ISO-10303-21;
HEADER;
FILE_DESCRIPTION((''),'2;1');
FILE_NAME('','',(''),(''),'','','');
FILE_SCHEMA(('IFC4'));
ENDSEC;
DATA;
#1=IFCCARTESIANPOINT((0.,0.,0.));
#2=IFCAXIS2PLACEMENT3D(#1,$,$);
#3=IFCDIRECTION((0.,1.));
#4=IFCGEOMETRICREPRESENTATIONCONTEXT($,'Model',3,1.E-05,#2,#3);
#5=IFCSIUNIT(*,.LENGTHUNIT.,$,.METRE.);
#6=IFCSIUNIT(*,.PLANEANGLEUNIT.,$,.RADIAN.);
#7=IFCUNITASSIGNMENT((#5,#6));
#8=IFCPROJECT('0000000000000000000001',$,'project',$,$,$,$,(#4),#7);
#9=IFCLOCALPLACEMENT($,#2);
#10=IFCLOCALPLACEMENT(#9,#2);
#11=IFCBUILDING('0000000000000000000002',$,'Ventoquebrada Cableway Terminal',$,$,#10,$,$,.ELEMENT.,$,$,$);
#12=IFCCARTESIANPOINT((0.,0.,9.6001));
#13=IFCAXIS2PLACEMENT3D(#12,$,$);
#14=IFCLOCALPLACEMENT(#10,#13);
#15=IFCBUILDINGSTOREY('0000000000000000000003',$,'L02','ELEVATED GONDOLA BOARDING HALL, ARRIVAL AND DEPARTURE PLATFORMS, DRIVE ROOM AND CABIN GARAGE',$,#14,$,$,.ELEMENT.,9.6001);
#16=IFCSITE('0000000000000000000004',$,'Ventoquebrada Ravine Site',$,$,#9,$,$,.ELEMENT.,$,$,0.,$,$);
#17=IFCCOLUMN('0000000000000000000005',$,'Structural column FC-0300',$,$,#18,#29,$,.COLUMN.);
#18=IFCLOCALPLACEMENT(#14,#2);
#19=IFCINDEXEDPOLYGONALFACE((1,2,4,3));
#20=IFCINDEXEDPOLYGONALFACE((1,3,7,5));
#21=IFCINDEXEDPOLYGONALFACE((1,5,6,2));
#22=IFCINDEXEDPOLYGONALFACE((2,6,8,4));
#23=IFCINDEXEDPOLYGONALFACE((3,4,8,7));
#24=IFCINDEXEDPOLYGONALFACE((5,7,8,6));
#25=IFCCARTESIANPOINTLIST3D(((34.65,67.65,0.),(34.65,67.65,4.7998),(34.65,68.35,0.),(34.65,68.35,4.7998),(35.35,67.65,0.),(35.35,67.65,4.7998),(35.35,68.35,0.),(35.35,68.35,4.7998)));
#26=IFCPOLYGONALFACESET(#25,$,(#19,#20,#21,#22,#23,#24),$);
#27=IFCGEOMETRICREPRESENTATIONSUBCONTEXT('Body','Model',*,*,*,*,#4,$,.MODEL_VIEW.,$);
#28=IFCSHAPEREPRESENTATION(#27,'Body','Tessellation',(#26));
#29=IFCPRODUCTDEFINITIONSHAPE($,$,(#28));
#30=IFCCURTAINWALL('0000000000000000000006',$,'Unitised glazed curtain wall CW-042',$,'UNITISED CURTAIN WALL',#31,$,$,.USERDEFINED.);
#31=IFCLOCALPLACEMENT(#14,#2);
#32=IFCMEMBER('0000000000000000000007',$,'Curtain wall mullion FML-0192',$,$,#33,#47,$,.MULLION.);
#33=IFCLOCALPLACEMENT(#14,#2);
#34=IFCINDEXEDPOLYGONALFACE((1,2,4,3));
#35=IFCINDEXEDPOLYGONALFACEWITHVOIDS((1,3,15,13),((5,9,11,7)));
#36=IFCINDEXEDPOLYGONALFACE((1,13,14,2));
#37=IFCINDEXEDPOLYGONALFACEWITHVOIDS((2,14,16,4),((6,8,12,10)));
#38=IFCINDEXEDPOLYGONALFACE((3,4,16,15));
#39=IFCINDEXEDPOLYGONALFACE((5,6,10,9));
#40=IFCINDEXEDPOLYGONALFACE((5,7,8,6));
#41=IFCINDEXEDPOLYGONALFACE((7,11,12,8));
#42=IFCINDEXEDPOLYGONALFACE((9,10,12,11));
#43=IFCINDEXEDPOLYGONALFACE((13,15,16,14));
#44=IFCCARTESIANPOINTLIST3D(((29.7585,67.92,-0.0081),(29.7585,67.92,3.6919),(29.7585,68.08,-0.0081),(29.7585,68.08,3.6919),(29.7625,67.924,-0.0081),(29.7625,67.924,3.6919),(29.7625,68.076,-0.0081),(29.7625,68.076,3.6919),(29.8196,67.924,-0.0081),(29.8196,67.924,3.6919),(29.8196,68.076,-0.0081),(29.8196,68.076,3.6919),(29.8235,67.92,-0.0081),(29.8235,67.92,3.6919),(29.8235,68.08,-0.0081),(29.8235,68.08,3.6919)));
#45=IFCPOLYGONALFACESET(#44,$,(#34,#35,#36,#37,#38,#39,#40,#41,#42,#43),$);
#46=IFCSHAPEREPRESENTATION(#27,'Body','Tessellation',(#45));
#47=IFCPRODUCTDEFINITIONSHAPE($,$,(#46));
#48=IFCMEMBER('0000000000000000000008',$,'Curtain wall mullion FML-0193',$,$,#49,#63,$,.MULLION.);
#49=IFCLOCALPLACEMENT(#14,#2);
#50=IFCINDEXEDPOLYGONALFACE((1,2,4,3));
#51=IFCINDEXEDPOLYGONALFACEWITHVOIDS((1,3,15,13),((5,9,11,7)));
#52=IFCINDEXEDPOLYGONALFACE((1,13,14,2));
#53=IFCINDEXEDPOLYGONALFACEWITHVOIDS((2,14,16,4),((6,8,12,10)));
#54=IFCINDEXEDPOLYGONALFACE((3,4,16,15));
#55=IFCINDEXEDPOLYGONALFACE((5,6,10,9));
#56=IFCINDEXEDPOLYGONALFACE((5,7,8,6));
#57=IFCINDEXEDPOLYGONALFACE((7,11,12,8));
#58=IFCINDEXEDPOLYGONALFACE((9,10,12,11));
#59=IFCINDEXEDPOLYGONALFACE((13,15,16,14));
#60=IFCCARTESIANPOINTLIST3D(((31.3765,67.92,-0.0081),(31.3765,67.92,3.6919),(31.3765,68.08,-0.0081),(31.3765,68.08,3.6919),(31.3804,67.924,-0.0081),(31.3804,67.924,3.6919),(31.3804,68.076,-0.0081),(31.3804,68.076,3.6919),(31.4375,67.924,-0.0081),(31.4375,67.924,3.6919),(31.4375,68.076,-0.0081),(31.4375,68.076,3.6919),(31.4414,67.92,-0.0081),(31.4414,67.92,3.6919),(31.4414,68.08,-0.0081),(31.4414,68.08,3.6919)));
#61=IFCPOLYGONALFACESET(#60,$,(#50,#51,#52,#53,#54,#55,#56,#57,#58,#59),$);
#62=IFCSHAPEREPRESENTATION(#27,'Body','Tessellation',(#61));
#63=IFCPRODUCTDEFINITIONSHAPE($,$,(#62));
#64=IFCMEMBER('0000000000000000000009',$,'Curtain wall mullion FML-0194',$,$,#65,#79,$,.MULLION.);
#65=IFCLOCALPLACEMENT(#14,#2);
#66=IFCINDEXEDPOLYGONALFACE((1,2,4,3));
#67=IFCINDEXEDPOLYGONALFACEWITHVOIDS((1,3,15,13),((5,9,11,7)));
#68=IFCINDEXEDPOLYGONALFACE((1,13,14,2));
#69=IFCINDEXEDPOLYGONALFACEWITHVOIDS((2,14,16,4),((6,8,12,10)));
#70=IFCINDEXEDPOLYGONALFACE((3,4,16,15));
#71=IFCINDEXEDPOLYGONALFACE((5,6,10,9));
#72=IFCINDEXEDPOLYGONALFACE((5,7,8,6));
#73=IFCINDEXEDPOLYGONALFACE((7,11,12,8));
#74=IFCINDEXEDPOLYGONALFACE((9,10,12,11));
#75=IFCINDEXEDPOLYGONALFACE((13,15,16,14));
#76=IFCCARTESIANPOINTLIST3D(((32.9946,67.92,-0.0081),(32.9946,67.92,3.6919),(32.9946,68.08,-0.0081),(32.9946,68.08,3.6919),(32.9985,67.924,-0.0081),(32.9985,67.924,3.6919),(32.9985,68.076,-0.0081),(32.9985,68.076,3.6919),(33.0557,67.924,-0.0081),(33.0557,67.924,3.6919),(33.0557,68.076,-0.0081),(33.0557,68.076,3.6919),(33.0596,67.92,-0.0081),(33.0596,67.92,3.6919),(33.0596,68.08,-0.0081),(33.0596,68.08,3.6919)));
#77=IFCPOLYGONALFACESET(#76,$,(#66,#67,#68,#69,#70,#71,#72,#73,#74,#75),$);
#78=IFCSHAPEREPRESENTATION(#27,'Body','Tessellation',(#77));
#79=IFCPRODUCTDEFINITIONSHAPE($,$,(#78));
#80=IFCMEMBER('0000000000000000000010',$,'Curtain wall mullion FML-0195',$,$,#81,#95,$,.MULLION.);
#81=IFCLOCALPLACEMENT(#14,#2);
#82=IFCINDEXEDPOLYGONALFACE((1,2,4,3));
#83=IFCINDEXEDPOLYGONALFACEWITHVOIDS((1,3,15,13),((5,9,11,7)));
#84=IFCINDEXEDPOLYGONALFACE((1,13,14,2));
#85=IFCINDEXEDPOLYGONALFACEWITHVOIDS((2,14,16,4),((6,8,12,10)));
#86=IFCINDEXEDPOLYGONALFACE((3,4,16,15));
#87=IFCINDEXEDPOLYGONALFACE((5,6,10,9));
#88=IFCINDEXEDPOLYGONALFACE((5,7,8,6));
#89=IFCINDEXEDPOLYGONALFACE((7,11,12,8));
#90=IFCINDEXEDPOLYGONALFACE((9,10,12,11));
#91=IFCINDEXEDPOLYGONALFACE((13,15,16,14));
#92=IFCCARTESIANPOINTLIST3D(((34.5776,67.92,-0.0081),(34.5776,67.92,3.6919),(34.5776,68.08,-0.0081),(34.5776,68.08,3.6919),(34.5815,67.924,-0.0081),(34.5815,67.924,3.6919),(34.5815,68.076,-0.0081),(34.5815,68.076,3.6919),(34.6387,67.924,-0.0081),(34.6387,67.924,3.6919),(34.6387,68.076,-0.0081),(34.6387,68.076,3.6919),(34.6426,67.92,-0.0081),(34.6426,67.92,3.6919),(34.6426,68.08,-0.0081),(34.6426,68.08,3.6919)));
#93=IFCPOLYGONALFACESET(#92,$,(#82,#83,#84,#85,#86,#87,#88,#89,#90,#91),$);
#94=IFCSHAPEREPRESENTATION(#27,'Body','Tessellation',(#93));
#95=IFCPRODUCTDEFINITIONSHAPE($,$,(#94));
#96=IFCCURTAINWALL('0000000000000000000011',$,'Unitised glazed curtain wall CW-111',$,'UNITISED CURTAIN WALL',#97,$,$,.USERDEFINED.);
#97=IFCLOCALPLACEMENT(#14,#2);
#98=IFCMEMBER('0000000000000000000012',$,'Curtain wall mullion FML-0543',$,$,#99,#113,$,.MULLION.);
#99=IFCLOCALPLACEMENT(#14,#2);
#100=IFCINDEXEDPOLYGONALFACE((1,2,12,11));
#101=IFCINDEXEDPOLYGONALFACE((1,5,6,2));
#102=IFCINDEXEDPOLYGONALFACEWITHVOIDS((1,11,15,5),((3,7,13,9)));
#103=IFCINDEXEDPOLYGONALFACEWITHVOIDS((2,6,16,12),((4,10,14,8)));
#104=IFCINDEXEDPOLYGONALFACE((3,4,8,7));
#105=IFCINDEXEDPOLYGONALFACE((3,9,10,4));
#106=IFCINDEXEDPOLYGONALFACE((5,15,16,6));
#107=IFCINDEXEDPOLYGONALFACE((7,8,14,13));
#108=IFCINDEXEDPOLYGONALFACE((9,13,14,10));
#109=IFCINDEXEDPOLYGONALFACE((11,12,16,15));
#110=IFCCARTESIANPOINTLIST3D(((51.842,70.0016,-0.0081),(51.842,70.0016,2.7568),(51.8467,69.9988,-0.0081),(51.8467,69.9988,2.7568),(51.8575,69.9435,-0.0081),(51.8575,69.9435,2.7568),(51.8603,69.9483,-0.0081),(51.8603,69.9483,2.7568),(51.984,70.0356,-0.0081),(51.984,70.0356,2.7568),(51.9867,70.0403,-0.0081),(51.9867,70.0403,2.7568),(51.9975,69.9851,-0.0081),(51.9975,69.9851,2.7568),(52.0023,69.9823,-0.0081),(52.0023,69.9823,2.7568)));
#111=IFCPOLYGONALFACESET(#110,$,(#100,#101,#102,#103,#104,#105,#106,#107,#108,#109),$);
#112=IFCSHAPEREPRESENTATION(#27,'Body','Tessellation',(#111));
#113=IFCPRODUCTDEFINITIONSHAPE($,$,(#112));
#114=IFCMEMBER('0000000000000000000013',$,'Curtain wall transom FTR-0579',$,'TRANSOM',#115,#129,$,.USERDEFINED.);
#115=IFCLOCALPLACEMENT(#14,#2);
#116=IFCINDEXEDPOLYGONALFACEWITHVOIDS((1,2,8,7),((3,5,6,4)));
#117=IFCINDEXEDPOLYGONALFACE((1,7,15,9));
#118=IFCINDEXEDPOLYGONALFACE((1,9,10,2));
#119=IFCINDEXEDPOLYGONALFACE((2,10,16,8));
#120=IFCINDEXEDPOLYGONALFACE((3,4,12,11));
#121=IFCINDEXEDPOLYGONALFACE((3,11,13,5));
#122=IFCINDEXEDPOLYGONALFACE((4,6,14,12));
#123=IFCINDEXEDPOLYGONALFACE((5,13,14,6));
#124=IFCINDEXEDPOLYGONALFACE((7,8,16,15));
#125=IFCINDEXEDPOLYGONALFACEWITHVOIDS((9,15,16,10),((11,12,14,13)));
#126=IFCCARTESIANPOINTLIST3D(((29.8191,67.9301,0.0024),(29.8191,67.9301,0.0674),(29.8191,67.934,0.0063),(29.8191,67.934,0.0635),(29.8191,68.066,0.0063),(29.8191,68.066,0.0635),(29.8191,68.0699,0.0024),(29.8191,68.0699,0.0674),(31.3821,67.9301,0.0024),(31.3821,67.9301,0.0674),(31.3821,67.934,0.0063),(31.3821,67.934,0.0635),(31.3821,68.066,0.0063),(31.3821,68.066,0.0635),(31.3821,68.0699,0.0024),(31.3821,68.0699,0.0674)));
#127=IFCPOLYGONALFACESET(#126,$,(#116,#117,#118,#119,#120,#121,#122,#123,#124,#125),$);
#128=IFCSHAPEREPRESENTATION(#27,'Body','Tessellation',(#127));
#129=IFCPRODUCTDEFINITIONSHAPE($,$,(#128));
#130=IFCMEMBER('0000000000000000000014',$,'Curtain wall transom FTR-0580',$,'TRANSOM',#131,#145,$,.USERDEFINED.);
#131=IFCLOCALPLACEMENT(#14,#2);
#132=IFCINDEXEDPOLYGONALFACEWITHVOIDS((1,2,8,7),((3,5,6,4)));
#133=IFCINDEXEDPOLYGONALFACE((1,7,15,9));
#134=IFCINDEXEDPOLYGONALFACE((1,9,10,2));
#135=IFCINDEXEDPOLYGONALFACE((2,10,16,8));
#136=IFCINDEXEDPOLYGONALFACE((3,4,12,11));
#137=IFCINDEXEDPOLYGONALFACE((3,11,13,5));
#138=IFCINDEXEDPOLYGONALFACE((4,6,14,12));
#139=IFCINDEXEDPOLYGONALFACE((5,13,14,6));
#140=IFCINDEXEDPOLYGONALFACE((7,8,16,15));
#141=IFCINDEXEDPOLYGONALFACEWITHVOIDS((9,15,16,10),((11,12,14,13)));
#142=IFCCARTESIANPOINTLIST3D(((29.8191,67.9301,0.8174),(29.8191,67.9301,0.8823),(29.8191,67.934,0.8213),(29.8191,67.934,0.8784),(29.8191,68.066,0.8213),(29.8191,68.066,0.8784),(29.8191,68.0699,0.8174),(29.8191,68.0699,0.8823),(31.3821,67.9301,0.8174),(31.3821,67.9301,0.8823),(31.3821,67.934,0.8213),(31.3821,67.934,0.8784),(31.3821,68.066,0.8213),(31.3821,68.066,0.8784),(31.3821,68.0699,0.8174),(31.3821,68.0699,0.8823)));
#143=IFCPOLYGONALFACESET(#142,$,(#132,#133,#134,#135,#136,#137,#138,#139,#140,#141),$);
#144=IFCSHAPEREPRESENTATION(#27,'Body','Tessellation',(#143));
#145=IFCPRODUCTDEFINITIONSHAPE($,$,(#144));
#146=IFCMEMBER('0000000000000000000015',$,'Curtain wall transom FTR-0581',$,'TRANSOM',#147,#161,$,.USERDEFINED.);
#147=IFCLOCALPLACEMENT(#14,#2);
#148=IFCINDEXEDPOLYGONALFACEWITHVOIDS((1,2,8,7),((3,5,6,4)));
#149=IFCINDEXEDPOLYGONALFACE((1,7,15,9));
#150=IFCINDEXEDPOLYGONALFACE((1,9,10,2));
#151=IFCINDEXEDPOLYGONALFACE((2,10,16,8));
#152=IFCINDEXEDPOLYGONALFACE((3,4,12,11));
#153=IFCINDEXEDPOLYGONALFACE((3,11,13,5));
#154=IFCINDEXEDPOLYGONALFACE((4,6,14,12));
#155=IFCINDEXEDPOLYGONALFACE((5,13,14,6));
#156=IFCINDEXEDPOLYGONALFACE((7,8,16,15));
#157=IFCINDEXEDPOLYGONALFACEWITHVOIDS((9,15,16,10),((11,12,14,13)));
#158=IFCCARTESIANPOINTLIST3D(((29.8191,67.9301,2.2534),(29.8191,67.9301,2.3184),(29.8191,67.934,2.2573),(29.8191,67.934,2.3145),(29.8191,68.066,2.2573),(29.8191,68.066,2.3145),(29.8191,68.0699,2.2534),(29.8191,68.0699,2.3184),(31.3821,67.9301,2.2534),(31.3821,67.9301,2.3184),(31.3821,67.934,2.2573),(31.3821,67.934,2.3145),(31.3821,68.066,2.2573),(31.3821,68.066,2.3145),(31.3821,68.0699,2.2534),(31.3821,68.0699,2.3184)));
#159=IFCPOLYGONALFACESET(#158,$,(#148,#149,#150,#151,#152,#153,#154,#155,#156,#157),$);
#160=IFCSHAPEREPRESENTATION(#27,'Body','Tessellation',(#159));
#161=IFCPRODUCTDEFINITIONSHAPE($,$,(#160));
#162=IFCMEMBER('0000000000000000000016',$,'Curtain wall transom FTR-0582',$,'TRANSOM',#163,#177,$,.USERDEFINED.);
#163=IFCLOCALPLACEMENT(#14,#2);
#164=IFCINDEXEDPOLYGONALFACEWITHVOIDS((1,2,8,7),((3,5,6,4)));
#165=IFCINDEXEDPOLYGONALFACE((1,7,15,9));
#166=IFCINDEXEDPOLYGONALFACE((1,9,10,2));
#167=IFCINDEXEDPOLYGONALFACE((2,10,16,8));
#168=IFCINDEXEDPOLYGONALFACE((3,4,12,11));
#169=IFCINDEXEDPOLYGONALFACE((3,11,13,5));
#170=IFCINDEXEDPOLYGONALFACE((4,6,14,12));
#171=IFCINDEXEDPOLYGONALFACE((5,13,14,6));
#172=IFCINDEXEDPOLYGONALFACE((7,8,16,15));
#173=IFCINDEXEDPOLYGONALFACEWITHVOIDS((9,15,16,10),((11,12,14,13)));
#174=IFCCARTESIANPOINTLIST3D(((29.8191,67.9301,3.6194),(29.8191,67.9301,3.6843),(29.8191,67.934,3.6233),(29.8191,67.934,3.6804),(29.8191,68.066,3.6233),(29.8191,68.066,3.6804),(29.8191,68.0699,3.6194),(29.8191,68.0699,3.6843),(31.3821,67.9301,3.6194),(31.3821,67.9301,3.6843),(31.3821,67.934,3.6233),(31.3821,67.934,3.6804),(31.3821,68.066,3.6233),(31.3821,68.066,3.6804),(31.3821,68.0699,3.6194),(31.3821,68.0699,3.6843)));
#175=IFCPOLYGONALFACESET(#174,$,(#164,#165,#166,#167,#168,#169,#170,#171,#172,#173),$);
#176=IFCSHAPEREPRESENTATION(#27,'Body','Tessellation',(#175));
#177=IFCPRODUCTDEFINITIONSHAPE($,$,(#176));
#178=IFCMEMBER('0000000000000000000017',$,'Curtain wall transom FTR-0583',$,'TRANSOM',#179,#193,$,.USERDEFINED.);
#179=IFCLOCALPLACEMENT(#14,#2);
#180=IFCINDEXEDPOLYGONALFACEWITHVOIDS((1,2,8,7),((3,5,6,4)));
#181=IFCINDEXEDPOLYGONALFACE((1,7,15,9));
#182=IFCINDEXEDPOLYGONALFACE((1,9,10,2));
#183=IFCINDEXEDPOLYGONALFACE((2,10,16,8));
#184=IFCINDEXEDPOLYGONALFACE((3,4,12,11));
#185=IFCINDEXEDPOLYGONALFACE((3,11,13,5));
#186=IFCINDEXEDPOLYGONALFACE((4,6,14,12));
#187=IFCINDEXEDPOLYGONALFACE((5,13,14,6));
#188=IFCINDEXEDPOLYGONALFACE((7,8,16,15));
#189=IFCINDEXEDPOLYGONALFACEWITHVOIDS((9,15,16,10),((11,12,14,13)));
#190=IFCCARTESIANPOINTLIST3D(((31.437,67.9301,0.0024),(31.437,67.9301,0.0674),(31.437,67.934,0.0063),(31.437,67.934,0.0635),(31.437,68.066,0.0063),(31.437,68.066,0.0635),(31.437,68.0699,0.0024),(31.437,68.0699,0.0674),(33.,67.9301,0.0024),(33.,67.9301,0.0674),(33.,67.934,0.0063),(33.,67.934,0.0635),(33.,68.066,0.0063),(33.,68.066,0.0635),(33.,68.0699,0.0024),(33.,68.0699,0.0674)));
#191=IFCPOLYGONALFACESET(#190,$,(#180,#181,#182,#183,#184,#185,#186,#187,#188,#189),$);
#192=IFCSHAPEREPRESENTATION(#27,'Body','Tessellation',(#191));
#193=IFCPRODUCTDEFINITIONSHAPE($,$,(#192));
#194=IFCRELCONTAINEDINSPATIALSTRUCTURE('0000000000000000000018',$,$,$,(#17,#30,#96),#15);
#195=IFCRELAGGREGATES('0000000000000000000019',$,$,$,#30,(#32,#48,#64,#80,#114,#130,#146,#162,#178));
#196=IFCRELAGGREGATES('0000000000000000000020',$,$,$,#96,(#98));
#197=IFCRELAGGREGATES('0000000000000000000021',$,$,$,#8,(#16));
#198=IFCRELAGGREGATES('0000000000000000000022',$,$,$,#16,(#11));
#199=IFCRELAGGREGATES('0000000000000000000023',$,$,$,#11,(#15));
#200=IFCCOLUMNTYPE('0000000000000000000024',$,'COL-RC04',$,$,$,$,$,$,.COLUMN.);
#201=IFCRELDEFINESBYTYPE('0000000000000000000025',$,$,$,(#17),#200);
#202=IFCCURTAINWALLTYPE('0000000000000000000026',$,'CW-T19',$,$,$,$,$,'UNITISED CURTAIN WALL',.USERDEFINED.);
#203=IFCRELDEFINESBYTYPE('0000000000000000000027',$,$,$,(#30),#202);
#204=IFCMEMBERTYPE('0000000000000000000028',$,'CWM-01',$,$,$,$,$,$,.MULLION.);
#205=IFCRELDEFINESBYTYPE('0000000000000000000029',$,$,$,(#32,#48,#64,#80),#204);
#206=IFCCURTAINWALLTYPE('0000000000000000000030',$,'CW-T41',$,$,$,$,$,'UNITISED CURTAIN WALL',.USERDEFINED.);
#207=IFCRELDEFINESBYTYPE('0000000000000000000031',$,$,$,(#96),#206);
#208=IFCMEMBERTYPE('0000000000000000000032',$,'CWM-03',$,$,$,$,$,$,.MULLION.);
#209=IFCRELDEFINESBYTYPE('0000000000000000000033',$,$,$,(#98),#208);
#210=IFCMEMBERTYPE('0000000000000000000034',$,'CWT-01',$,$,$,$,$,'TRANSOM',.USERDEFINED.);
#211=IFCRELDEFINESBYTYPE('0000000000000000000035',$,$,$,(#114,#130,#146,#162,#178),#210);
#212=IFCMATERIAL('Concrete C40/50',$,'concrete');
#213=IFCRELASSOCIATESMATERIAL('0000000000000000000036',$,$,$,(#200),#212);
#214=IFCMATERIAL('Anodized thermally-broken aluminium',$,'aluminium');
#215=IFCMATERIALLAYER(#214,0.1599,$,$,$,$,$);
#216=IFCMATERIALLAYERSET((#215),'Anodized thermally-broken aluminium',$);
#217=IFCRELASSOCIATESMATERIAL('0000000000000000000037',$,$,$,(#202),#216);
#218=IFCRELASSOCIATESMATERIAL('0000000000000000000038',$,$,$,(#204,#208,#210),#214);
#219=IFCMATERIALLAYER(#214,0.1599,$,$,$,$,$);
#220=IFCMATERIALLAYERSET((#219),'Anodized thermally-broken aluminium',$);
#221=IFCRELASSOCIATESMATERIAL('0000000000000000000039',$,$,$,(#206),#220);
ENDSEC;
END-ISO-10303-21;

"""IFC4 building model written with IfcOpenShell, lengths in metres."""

from ifc_helpers import new_model, si_unit, direction, frame, origin, origin_2d, place, context, subcontext, project, spatial, rectangle, hollow_rectangle, extrude, material, layer, layer_set, material_profile, profile_set, type_object, element, aggregate, save


model = new_model("IFC4")

# Units and contexts
model_context = context("Model", 3, precision=1e-05, world=origin(), true_north=direction((0.0, 1.0)))
body_context = subcontext(model_context, "Body", "Model", "MODEL_VIEW")
ifc_project = project(units=[si_unit("LENGTHUNIT", "METRE"), si_unit("PLANEANGLEUNIT", "RADIAN")], contexts=[model_context])

# Site, building, storey
site_placement = place(None, origin())
site = spatial("IfcSite", under=ifc_project, at=site_placement, Name="Ventoquebrada Ravine Site", CompositionType="ELEMENT", RefElevation=0.0)
building_placement = place(site_placement, origin())
building = spatial("IfcBuilding", under=site, at=building_placement, Name="Ventoquebrada Cableway Terminal", CompositionType="ELEMENT")
storey_placement = place(building_placement, frame((0.0, 0.0, 9.6001)))
storey = spatial("IfcBuildingStorey", under=building, at=storey_placement, Name="L02", Description="ELEVATED GONDOLA BOARDING HALL, ARRIVAL AND DEPARTURE PLATFORMS, DRIVE ROOM AND CABIN GARAGE", CompositionType="ELEMENT", Elevation=9.6001)

# Column
ifc_material_1 = material(Name="Concrete C40/50", Category="concrete")
ifc_material_profile_1 = material_profile(ifc_material_1, rectangle(XDim=0.7, YDim=0.7, at=origin_2d()), Name="RC-COL-700X700")
ifc_profile_set_1 = profile_set([ifc_material_profile_1], Name="Concrete C40/50")
column_type = type_object("IfcColumnType", Name="COL-RC04", PredefinedType="COLUMN", material=ifc_profile_set_1)
column_placement = place(storey_placement, frame((35.0, 68.0, 0.0), z_axis=(0.0, 0.0, 1.0), x_axis=(1.0, 0.0, 0.0)))
element("IfcColumn", 1, at=column_placement, inside=storey, type_object=column_type, Name="Structural column FC-0300", PredefinedType="COLUMN", context=body_context, shape_type="SweptSolid", body=[
    extrude(rectangle(XDim=0.7, YDim=0.7, at=origin_2d()), origin(), (0.0, 0.0, 1.0), 4.7998),
])

# Curtain wall, members
ifc_material_2 = material(Name="Anodized thermally-broken aluminium", Category="aluminium")
ifc_layer_1 = layer(ifc_material_2, 0.1599)
ifc_layer_set_1 = layer_set([ifc_layer_1], Name="Anodized thermally-broken aluminium")
curtain_wall_type_1 = type_object("IfcCurtainWallType", Name="CW-T19", ElementType="UNITISED CURTAIN WALL", PredefinedType="USERDEFINED", material=ifc_layer_set_1)
curtain_wall_1_placement = place(storey_placement, origin())
curtain_wall_1 = element("IfcCurtainWall", 2, at=curtain_wall_1_placement, inside=storey, type_object=curtain_wall_type_1, Name="Unitised glazed curtain wall CW-042", ObjectType="UNITISED CURTAIN WALL", PredefinedType="USERDEFINED")
ifc_material_profile_2 = material_profile(ifc_material_2, hollow_rectangle(XDim=0.0649, YDim=0.1599, WallThickness=0.0039, at=origin_2d()), Name="CW-MUL-65X160")
ifc_profile_set_2 = profile_set([ifc_material_profile_2], Name="Anodized thermally-broken aluminium")
member_type_1 = type_object("IfcMemberType", Name="CWM-01", PredefinedType="MULLION", material=ifc_profile_set_2)
member_1_placement = place(storey_placement, frame((29.791, 68.0, -0.0081), z_axis=(0.0, 0.0, 1.0), x_axis=(1.0, 0.0, 0.0)))
member_1 = element("IfcMember", 3, at=member_1_placement, type_object=member_type_1, Name="Curtain wall mullion FML-0192", PredefinedType="MULLION", context=body_context, shape_type="SweptSolid", body=[
    extrude(hollow_rectangle(XDim=0.0649, YDim=0.1599, WallThickness=0.0039, at=origin_2d()), origin(), (0.0, 0.0, 1.0), 3.7),
])
member_2_placement = place(storey_placement, frame((31.4089, 68.0, -0.0081), z_axis=(0.0, 0.0, 1.0), x_axis=(1.0, 0.0, 0.0)))
member_2 = element("IfcMember", 4, at=member_2_placement, type_object=member_type_1, Name="Curtain wall mullion FML-0193", PredefinedType="MULLION", context=body_context, shape_type="SweptSolid", body=[
    extrude(hollow_rectangle(XDim=0.0649, YDim=0.1599, WallThickness=0.0039, at=origin_2d()), origin(), (0.0, 0.0, 1.0), 3.7),
])
member_3_placement = place(storey_placement, frame((33.0271, 68.0, -0.0081), z_axis=(0.0, 0.0, 1.0), x_axis=(1.0, 0.0, 0.0)))
member_3 = element("IfcMember", 5, at=member_3_placement, type_object=member_type_1, Name="Curtain wall mullion FML-0194", PredefinedType="MULLION", context=body_context, shape_type="SweptSolid", body=[
    extrude(hollow_rectangle(XDim=0.0649, YDim=0.1599, WallThickness=0.0039, at=origin_2d()), origin(), (0.0, 0.0, 1.0), 3.7),
])
member_4_placement = place(storey_placement, frame((34.6101, 68.0, -0.0081), z_axis=(0.0, 0.0, 1.0), x_axis=(1.0, 0.0, 0.0)))
member_4 = element("IfcMember", 6, at=member_4_placement, type_object=member_type_1, Name="Curtain wall mullion FML-0195", PredefinedType="MULLION", context=body_context, shape_type="SweptSolid", body=[
    extrude(hollow_rectangle(XDim=0.0649, YDim=0.1599, WallThickness=0.0039, at=origin_2d()), origin(), (0.0, 0.0, 1.0), 3.7),
])

# Curtain wall, member
ifc_layer_2 = layer(ifc_material_2, 0.1599)
ifc_layer_set_2 = layer_set([ifc_layer_2], Name="Anodized thermally-broken aluminium")
curtain_wall_type_2 = type_object("IfcCurtainWallType", Name="CW-T41", ElementType="UNITISED CURTAIN WALL", PredefinedType="USERDEFINED", material=ifc_layer_set_2)
curtain_wall_2_placement = place(storey_placement, origin())
curtain_wall_2 = element("IfcCurtainWall", 7, at=curtain_wall_2_placement, inside=storey, type_object=curtain_wall_type_2, Name="Unitised glazed curtain wall CW-111", ObjectType="UNITISED CURTAIN WALL", PredefinedType="USERDEFINED")
ifc_material_profile_3 = material_profile(ifc_material_2, hollow_rectangle(XDim=0.0601, YDim=0.1499, WallThickness=0.0039, at=origin_2d()), Name="CW-MUL-60X150")
ifc_profile_set_3 = profile_set([ifc_material_profile_3], Name="Anodized thermally-broken aluminium")
member_type_2 = type_object("IfcMemberType", Name="CWM-03", PredefinedType="MULLION", material=ifc_profile_set_3)
member_5_placement = place(storey_placement, frame((51.9221, 69.9919, -0.0081), z_axis=(0.0, 0.0, 1.0), x_axis=(0.258752, -0.965944, 0.0)))
member_5 = element("IfcMember", 8, at=member_5_placement, type_object=member_type_2, Name="Curtain wall mullion FML-0543", PredefinedType="MULLION", context=body_context, shape_type="SweptSolid", body=[
    extrude(hollow_rectangle(XDim=0.0601, YDim=0.1499, WallThickness=0.0039, at=origin_2d()), origin(), (0.0, 0.0, 1.0), 2.7649),
])

# Members
ifc_material_profile_4 = material_profile(ifc_material_2, hollow_rectangle(XDim=0.0649, YDim=0.1399, WallThickness=0.0039, at=origin_2d()), Name="CW-TRN-65X140")
ifc_profile_set_4 = profile_set([ifc_material_profile_4], Name="Anodized thermally-broken aluminium")
member_type_3 = type_object("IfcMemberType", Name="CWT-01", ElementType="TRANSOM", PredefinedType="USERDEFINED", material=ifc_profile_set_4)
member_6_placement = place(storey_placement, frame((29.8191, 68.0, 0.0349), z_axis=(1.0, 0.0, 0.0), x_axis=(0.0, 0.0, 1.0)))
member_6 = element("IfcMember", 9, at=member_6_placement, type_object=member_type_3, Name="Curtain wall transom FTR-0579", ObjectType="TRANSOM", PredefinedType="USERDEFINED", context=body_context, shape_type="SweptSolid", body=[
    extrude(hollow_rectangle(XDim=0.0649, YDim=0.1399, WallThickness=0.0039, at=origin_2d()), origin(), (0.0, 0.0, 1.0), 1.563),
])
member_7_placement = place(storey_placement, frame((29.8191, 68.0, 0.8499), z_axis=(1.0, 0.0, 0.0), x_axis=(0.0, 0.0, 1.0)))
member_7 = element("IfcMember", 10, at=member_7_placement, type_object=member_type_3, Name="Curtain wall transom FTR-0580", ObjectType="TRANSOM", PredefinedType="USERDEFINED", context=body_context, shape_type="SweptSolid", body=[
    extrude(hollow_rectangle(XDim=0.0649, YDim=0.1399, WallThickness=0.0039, at=origin_2d()), origin(), (0.0, 0.0, 1.0), 1.563),
])
member_8_placement = place(storey_placement, frame((29.8191, 68.0, 2.2859), z_axis=(1.0, 0.0, 0.0), x_axis=(0.0, 0.0, 1.0)))
member_8 = element("IfcMember", 11, at=member_8_placement, type_object=member_type_3, Name="Curtain wall transom FTR-0581", ObjectType="TRANSOM", PredefinedType="USERDEFINED", context=body_context, shape_type="SweptSolid", body=[
    extrude(hollow_rectangle(XDim=0.0649, YDim=0.1399, WallThickness=0.0039, at=origin_2d()), origin(), (0.0, 0.0, 1.0), 1.563),
])
member_9_placement = place(storey_placement, frame((29.8191, 68.0, 3.6519), z_axis=(1.0, 0.0, 0.0), x_axis=(0.0, 0.0, 1.0)))
member_9 = element("IfcMember", 12, at=member_9_placement, type_object=member_type_3, Name="Curtain wall transom FTR-0582", ObjectType="TRANSOM", PredefinedType="USERDEFINED", context=body_context, shape_type="SweptSolid", body=[
    extrude(hollow_rectangle(XDim=0.0649, YDim=0.1399, WallThickness=0.0039, at=origin_2d()), origin(), (0.0, 0.0, 1.0), 1.563),
])
member_10_placement = place(storey_placement, frame((31.437, 68.0, 0.0349), z_axis=(1.0, 0.0, 0.0), x_axis=(0.0, 0.0, 1.0)))
member_10 = element("IfcMember", 13, at=member_10_placement, type_object=member_type_3, Name="Curtain wall transom FTR-0583", ObjectType="TRANSOM", PredefinedType="USERDEFINED", context=body_context, shape_type="SweptSolid", body=[
    extrude(hollow_rectangle(XDim=0.0649, YDim=0.1399, WallThickness=0.0039, at=origin_2d()), origin(), (0.0, 0.0, 1.0), 1.563),
])

aggregate(curtain_wall_1, [member_1, member_2, member_3, member_4, member_6, member_7, member_8, member_9, member_10])
aggregate(curtain_wall_2, [member_5])

save(model, "model.ifc")
